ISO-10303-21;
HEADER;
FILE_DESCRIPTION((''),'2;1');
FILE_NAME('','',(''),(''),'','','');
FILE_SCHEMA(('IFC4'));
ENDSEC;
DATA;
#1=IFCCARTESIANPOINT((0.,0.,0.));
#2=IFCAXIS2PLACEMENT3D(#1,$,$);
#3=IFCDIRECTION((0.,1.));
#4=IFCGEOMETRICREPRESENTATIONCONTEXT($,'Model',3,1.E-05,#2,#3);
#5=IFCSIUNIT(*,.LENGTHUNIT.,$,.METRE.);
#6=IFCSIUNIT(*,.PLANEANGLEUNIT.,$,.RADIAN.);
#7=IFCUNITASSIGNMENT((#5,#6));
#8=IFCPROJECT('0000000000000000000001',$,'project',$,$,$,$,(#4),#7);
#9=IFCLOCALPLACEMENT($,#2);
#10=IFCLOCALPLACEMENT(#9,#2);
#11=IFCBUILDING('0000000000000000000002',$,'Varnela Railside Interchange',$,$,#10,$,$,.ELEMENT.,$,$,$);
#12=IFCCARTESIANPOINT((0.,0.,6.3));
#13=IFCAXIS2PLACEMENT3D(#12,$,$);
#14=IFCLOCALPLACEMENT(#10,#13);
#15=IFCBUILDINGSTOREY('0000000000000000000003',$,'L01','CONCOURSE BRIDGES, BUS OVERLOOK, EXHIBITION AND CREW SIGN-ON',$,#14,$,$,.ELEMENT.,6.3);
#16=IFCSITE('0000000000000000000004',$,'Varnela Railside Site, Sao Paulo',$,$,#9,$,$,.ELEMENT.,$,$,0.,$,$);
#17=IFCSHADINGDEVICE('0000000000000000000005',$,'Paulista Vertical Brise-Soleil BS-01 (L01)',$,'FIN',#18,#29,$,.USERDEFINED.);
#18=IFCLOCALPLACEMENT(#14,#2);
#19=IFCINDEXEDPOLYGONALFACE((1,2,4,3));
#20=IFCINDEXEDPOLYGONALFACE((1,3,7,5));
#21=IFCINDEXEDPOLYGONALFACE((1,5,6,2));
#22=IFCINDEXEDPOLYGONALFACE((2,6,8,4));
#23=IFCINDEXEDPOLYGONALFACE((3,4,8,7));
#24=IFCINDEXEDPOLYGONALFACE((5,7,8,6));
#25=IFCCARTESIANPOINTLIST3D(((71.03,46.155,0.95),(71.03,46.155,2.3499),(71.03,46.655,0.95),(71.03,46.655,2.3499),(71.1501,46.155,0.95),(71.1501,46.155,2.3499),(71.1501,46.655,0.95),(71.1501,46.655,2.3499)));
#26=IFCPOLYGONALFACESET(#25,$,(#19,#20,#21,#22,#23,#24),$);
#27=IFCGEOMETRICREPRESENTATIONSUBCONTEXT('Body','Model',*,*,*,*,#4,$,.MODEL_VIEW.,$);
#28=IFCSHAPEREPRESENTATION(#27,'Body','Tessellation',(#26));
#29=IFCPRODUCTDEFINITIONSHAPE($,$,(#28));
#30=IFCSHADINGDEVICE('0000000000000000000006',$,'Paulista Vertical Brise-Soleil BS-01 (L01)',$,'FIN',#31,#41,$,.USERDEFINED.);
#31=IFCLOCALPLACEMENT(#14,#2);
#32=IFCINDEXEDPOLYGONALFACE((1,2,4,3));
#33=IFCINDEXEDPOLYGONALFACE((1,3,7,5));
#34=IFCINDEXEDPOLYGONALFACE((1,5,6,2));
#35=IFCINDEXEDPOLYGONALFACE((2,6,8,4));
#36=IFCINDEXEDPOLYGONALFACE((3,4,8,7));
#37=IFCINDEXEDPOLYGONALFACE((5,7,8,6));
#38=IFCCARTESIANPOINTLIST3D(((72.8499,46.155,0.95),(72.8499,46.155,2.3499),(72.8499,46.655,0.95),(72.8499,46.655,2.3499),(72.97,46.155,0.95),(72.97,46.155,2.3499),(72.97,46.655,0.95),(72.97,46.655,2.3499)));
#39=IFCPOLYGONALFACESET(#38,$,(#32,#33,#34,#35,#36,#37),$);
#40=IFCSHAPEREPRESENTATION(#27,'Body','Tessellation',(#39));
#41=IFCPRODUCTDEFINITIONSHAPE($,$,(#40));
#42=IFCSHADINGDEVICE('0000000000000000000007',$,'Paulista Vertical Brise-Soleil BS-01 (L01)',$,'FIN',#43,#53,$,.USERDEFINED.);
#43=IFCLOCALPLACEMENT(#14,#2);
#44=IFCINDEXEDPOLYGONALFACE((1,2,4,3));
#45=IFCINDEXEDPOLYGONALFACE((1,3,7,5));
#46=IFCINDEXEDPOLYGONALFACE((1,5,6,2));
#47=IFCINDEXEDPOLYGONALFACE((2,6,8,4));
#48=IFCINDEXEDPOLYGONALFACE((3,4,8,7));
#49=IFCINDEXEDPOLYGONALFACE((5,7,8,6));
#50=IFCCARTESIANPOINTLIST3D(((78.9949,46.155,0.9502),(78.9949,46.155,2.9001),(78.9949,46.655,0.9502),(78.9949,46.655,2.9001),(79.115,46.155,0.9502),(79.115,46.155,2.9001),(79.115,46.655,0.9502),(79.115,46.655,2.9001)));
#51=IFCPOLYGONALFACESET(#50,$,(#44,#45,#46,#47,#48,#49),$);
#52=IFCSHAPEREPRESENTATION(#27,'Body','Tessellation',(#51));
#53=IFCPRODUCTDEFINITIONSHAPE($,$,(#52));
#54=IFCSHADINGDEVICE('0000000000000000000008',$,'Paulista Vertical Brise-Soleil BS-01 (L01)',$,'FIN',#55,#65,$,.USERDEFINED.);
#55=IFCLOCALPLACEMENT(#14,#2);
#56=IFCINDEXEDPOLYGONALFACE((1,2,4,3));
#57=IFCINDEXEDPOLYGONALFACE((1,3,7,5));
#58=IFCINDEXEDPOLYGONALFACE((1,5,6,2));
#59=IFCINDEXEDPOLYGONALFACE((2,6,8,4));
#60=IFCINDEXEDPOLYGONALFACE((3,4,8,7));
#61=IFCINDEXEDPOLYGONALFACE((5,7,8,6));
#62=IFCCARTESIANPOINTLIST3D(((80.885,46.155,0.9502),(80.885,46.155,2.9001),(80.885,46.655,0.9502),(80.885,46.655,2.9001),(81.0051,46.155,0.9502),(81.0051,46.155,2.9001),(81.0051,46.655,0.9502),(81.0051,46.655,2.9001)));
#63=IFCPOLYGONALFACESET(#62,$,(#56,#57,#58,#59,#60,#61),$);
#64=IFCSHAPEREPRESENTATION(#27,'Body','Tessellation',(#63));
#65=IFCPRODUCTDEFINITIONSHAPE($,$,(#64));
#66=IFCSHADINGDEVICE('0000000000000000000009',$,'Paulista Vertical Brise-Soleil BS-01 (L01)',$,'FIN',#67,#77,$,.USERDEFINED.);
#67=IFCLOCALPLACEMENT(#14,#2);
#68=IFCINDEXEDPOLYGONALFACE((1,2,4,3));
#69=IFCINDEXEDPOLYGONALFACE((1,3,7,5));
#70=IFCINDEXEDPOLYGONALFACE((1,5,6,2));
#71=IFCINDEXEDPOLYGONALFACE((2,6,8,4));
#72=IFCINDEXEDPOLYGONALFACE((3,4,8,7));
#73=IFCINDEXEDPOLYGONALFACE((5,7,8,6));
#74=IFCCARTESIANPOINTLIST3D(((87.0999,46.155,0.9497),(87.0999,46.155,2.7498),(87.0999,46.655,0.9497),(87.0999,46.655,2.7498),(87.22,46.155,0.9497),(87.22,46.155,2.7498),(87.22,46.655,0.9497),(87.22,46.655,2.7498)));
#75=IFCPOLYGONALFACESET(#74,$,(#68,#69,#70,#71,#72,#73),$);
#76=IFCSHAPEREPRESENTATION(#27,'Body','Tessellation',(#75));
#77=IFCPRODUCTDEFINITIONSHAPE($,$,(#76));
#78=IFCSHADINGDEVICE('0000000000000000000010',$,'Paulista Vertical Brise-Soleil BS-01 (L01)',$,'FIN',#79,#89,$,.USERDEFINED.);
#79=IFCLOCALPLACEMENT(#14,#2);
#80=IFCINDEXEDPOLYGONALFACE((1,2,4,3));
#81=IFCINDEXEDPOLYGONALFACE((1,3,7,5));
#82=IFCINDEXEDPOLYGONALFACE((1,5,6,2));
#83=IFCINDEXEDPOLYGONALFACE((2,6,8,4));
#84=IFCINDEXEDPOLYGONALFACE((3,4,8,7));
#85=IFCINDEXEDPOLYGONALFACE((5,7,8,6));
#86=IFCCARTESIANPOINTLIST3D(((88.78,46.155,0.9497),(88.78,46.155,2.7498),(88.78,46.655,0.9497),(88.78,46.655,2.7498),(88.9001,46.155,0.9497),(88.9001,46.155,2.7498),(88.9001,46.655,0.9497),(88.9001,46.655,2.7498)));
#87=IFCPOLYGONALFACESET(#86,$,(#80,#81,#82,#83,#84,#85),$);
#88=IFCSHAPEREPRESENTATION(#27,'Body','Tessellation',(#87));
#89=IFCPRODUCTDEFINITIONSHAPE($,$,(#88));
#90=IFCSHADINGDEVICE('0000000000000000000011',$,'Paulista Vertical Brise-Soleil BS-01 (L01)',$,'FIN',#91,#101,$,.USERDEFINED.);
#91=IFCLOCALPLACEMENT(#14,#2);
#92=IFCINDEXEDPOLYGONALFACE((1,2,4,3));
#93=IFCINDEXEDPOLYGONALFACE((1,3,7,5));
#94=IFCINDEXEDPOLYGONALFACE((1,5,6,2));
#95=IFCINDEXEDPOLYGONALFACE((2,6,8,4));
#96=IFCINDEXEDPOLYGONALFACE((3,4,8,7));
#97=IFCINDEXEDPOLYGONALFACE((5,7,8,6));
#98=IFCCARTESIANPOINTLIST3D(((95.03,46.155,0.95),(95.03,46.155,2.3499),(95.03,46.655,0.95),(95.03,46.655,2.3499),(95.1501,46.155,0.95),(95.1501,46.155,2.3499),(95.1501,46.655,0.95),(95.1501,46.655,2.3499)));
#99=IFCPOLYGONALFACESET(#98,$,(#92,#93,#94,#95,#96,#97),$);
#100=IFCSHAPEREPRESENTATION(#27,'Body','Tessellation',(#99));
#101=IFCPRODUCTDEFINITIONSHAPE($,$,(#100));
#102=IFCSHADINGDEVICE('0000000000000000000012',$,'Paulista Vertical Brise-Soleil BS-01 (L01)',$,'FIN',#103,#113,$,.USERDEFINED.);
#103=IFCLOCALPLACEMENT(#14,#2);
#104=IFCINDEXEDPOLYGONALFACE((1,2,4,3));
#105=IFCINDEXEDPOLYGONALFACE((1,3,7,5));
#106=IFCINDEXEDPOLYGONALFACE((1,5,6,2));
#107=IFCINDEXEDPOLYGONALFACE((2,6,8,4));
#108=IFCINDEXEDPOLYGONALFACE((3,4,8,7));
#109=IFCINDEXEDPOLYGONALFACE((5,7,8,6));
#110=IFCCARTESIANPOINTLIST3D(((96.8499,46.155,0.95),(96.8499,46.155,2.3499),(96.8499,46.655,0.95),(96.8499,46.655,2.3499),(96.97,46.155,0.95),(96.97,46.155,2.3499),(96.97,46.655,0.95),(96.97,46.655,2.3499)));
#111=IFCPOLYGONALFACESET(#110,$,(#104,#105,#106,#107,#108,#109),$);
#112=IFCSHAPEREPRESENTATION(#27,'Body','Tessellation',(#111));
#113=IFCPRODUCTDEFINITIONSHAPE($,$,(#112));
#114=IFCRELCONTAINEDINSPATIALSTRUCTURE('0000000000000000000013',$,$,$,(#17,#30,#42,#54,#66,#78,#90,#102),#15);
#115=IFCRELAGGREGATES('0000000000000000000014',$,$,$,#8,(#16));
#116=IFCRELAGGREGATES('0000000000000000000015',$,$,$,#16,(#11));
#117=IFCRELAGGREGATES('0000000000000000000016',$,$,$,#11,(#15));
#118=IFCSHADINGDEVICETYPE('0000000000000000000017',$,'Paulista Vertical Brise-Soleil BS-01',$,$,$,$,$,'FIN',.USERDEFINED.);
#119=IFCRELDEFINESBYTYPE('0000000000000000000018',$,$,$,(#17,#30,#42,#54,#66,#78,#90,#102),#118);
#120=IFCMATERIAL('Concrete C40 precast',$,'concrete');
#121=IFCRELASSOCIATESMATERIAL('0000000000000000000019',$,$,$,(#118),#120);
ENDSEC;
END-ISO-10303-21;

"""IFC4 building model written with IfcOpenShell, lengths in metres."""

from ifc_helpers import new_model, si_unit, direction, frame, origin, origin_2d, place, context, subcontext, project, spatial, rectangle, extrude, material, type_object, element, save


model = new_model("IFC4")

# Units and contexts
model_context = context("Model", 3, precision=1e-05, world=origin(), true_north=direction((0.0, 1.0)))
body_context = subcontext(model_context, "Body", "Model", "MODEL_VIEW")
ifc_project = project(units=[si_unit("LENGTHUNIT", "METRE"), si_unit("PLANEANGLEUNIT", "RADIAN")], contexts=[model_context])

# Site, building, storey
site_placement = place(None, origin())
site = spatial("IfcSite", under=ifc_project, at=site_placement, Name="Varnela Railside Site, Sao Paulo", CompositionType="ELEMENT", RefElevation=0.0)
building_placement = place(site_placement, origin())
building = spatial("IfcBuilding", under=site, at=building_placement, Name="Varnela Railside Interchange", CompositionType="ELEMENT")
storey_placement = place(building_placement, frame((0.0, 0.0, 6.3)))
storey = spatial("IfcBuildingStorey", under=building, at=storey_placement, Name="L01", Description="CONCOURSE BRIDGES, BUS OVERLOOK, EXHIBITION AND CREW SIGN-ON", CompositionType="ELEMENT", Elevation=6.3)

# Shared definitions
ifc_material_1 = material(Name="Concrete C40 precast", Category="concrete")

# Shading devices
shading_device_type = type_object("IfcShadingDeviceType", Name="Paulista Vertical Brise-Soleil BS-01", ElementType="FIN", PredefinedType="USERDEFINED", material=ifc_material_1)
for number, where, z_axis, x_axis, name in (
    (1, (71.0901, 46.405, 0.95), (0.0, 0.0, 1.0), (0.0, 1.0, 0.0), "Paulista Vertical Brise-Soleil BS-01 (L01)"),
    (2, (72.9099, 46.405, 0.95), (0.0, 0.0, 1.0), (0.0, 1.0, 0.0), "Paulista Vertical Brise-Soleil BS-01 (L01)"),
):
    element("IfcShadingDevice", number, at=place(storey_placement, frame(where, z_axis=z_axis, x_axis=x_axis)), inside=storey, type_object=shading_device_type, Name=name, ObjectType="FIN", PredefinedType="USERDEFINED", context=body_context, shape_type="SweptSolid", body=[
        extrude(rectangle(XDim=0.5, YDim=0.1201, at=origin_2d()), origin(), (0.0, 0.0, 1.0), 1.3999),
    ])
for number, where, z_axis, x_axis, name in (
    (3, (79.0549, 46.405, 0.9502), (0.0, 0.0, 1.0), (0.0, 1.0, 0.0), "Paulista Vertical Brise-Soleil BS-01 (L01)"),
    (4, (80.9451, 46.405, 0.9502), (0.0, 0.0, 1.0), (0.0, 1.0, 0.0), "Paulista Vertical Brise-Soleil BS-01 (L01)"),
):
    element("IfcShadingDevice", number, at=place(storey_placement, frame(where, z_axis=z_axis, x_axis=x_axis)), inside=storey, type_object=shading_device_type, Name=name, ObjectType="FIN", PredefinedType="USERDEFINED", context=body_context, shape_type="SweptSolid", body=[
        extrude(rectangle(XDim=0.5, YDim=0.1201, at=origin_2d()), origin(), (0.0, 0.0, 1.0), 1.95),
    ])
for number, where, z_axis, x_axis, name in (
    (5, (87.1599, 46.405, 0.9497), (0.0, 0.0, 1.0), (0.0, 1.0, 0.0), "Paulista Vertical Brise-Soleil BS-01 (L01)"),
    (6, (88.8401, 46.405, 0.9497), (0.0, 0.0, 1.0), (0.0, 1.0, 0.0), "Paulista Vertical Brise-Soleil BS-01 (L01)"),
):
    element("IfcShadingDevice", number, at=place(storey_placement, frame(where, z_axis=z_axis, x_axis=x_axis)), inside=storey, type_object=shading_device_type, Name=name, ObjectType="FIN", PredefinedType="USERDEFINED", context=body_context, shape_type="SweptSolid", body=[
        extrude(rectangle(XDim=0.5, YDim=0.1201, at=origin_2d()), origin(), (0.0, 0.0, 1.0), 1.8),
    ])
for number, where, z_axis, x_axis, name in (
    (7, (95.0901, 46.405, 0.95), (0.0, 0.0, 1.0), (0.0, 1.0, 0.0), "Paulista Vertical Brise-Soleil BS-01 (L01)"),
    (8, (96.9099, 46.405, 0.95), (0.0, 0.0, 1.0), (0.0, 1.0, 0.0), "Paulista Vertical Brise-Soleil BS-01 (L01)"),
):
    element("IfcShadingDevice", number, at=place(storey_placement, frame(where, z_axis=z_axis, x_axis=x_axis)), inside=storey, type_object=shading_device_type, Name=name, ObjectType="FIN", PredefinedType="USERDEFINED", context=body_context, shape_type="SweptSolid", body=[
        extrude(rectangle(XDim=0.5, YDim=0.1201, at=origin_2d()), origin(), (0.0, 0.0, 1.0), 1.3999),
    ])

save(model, "model.ifc")
